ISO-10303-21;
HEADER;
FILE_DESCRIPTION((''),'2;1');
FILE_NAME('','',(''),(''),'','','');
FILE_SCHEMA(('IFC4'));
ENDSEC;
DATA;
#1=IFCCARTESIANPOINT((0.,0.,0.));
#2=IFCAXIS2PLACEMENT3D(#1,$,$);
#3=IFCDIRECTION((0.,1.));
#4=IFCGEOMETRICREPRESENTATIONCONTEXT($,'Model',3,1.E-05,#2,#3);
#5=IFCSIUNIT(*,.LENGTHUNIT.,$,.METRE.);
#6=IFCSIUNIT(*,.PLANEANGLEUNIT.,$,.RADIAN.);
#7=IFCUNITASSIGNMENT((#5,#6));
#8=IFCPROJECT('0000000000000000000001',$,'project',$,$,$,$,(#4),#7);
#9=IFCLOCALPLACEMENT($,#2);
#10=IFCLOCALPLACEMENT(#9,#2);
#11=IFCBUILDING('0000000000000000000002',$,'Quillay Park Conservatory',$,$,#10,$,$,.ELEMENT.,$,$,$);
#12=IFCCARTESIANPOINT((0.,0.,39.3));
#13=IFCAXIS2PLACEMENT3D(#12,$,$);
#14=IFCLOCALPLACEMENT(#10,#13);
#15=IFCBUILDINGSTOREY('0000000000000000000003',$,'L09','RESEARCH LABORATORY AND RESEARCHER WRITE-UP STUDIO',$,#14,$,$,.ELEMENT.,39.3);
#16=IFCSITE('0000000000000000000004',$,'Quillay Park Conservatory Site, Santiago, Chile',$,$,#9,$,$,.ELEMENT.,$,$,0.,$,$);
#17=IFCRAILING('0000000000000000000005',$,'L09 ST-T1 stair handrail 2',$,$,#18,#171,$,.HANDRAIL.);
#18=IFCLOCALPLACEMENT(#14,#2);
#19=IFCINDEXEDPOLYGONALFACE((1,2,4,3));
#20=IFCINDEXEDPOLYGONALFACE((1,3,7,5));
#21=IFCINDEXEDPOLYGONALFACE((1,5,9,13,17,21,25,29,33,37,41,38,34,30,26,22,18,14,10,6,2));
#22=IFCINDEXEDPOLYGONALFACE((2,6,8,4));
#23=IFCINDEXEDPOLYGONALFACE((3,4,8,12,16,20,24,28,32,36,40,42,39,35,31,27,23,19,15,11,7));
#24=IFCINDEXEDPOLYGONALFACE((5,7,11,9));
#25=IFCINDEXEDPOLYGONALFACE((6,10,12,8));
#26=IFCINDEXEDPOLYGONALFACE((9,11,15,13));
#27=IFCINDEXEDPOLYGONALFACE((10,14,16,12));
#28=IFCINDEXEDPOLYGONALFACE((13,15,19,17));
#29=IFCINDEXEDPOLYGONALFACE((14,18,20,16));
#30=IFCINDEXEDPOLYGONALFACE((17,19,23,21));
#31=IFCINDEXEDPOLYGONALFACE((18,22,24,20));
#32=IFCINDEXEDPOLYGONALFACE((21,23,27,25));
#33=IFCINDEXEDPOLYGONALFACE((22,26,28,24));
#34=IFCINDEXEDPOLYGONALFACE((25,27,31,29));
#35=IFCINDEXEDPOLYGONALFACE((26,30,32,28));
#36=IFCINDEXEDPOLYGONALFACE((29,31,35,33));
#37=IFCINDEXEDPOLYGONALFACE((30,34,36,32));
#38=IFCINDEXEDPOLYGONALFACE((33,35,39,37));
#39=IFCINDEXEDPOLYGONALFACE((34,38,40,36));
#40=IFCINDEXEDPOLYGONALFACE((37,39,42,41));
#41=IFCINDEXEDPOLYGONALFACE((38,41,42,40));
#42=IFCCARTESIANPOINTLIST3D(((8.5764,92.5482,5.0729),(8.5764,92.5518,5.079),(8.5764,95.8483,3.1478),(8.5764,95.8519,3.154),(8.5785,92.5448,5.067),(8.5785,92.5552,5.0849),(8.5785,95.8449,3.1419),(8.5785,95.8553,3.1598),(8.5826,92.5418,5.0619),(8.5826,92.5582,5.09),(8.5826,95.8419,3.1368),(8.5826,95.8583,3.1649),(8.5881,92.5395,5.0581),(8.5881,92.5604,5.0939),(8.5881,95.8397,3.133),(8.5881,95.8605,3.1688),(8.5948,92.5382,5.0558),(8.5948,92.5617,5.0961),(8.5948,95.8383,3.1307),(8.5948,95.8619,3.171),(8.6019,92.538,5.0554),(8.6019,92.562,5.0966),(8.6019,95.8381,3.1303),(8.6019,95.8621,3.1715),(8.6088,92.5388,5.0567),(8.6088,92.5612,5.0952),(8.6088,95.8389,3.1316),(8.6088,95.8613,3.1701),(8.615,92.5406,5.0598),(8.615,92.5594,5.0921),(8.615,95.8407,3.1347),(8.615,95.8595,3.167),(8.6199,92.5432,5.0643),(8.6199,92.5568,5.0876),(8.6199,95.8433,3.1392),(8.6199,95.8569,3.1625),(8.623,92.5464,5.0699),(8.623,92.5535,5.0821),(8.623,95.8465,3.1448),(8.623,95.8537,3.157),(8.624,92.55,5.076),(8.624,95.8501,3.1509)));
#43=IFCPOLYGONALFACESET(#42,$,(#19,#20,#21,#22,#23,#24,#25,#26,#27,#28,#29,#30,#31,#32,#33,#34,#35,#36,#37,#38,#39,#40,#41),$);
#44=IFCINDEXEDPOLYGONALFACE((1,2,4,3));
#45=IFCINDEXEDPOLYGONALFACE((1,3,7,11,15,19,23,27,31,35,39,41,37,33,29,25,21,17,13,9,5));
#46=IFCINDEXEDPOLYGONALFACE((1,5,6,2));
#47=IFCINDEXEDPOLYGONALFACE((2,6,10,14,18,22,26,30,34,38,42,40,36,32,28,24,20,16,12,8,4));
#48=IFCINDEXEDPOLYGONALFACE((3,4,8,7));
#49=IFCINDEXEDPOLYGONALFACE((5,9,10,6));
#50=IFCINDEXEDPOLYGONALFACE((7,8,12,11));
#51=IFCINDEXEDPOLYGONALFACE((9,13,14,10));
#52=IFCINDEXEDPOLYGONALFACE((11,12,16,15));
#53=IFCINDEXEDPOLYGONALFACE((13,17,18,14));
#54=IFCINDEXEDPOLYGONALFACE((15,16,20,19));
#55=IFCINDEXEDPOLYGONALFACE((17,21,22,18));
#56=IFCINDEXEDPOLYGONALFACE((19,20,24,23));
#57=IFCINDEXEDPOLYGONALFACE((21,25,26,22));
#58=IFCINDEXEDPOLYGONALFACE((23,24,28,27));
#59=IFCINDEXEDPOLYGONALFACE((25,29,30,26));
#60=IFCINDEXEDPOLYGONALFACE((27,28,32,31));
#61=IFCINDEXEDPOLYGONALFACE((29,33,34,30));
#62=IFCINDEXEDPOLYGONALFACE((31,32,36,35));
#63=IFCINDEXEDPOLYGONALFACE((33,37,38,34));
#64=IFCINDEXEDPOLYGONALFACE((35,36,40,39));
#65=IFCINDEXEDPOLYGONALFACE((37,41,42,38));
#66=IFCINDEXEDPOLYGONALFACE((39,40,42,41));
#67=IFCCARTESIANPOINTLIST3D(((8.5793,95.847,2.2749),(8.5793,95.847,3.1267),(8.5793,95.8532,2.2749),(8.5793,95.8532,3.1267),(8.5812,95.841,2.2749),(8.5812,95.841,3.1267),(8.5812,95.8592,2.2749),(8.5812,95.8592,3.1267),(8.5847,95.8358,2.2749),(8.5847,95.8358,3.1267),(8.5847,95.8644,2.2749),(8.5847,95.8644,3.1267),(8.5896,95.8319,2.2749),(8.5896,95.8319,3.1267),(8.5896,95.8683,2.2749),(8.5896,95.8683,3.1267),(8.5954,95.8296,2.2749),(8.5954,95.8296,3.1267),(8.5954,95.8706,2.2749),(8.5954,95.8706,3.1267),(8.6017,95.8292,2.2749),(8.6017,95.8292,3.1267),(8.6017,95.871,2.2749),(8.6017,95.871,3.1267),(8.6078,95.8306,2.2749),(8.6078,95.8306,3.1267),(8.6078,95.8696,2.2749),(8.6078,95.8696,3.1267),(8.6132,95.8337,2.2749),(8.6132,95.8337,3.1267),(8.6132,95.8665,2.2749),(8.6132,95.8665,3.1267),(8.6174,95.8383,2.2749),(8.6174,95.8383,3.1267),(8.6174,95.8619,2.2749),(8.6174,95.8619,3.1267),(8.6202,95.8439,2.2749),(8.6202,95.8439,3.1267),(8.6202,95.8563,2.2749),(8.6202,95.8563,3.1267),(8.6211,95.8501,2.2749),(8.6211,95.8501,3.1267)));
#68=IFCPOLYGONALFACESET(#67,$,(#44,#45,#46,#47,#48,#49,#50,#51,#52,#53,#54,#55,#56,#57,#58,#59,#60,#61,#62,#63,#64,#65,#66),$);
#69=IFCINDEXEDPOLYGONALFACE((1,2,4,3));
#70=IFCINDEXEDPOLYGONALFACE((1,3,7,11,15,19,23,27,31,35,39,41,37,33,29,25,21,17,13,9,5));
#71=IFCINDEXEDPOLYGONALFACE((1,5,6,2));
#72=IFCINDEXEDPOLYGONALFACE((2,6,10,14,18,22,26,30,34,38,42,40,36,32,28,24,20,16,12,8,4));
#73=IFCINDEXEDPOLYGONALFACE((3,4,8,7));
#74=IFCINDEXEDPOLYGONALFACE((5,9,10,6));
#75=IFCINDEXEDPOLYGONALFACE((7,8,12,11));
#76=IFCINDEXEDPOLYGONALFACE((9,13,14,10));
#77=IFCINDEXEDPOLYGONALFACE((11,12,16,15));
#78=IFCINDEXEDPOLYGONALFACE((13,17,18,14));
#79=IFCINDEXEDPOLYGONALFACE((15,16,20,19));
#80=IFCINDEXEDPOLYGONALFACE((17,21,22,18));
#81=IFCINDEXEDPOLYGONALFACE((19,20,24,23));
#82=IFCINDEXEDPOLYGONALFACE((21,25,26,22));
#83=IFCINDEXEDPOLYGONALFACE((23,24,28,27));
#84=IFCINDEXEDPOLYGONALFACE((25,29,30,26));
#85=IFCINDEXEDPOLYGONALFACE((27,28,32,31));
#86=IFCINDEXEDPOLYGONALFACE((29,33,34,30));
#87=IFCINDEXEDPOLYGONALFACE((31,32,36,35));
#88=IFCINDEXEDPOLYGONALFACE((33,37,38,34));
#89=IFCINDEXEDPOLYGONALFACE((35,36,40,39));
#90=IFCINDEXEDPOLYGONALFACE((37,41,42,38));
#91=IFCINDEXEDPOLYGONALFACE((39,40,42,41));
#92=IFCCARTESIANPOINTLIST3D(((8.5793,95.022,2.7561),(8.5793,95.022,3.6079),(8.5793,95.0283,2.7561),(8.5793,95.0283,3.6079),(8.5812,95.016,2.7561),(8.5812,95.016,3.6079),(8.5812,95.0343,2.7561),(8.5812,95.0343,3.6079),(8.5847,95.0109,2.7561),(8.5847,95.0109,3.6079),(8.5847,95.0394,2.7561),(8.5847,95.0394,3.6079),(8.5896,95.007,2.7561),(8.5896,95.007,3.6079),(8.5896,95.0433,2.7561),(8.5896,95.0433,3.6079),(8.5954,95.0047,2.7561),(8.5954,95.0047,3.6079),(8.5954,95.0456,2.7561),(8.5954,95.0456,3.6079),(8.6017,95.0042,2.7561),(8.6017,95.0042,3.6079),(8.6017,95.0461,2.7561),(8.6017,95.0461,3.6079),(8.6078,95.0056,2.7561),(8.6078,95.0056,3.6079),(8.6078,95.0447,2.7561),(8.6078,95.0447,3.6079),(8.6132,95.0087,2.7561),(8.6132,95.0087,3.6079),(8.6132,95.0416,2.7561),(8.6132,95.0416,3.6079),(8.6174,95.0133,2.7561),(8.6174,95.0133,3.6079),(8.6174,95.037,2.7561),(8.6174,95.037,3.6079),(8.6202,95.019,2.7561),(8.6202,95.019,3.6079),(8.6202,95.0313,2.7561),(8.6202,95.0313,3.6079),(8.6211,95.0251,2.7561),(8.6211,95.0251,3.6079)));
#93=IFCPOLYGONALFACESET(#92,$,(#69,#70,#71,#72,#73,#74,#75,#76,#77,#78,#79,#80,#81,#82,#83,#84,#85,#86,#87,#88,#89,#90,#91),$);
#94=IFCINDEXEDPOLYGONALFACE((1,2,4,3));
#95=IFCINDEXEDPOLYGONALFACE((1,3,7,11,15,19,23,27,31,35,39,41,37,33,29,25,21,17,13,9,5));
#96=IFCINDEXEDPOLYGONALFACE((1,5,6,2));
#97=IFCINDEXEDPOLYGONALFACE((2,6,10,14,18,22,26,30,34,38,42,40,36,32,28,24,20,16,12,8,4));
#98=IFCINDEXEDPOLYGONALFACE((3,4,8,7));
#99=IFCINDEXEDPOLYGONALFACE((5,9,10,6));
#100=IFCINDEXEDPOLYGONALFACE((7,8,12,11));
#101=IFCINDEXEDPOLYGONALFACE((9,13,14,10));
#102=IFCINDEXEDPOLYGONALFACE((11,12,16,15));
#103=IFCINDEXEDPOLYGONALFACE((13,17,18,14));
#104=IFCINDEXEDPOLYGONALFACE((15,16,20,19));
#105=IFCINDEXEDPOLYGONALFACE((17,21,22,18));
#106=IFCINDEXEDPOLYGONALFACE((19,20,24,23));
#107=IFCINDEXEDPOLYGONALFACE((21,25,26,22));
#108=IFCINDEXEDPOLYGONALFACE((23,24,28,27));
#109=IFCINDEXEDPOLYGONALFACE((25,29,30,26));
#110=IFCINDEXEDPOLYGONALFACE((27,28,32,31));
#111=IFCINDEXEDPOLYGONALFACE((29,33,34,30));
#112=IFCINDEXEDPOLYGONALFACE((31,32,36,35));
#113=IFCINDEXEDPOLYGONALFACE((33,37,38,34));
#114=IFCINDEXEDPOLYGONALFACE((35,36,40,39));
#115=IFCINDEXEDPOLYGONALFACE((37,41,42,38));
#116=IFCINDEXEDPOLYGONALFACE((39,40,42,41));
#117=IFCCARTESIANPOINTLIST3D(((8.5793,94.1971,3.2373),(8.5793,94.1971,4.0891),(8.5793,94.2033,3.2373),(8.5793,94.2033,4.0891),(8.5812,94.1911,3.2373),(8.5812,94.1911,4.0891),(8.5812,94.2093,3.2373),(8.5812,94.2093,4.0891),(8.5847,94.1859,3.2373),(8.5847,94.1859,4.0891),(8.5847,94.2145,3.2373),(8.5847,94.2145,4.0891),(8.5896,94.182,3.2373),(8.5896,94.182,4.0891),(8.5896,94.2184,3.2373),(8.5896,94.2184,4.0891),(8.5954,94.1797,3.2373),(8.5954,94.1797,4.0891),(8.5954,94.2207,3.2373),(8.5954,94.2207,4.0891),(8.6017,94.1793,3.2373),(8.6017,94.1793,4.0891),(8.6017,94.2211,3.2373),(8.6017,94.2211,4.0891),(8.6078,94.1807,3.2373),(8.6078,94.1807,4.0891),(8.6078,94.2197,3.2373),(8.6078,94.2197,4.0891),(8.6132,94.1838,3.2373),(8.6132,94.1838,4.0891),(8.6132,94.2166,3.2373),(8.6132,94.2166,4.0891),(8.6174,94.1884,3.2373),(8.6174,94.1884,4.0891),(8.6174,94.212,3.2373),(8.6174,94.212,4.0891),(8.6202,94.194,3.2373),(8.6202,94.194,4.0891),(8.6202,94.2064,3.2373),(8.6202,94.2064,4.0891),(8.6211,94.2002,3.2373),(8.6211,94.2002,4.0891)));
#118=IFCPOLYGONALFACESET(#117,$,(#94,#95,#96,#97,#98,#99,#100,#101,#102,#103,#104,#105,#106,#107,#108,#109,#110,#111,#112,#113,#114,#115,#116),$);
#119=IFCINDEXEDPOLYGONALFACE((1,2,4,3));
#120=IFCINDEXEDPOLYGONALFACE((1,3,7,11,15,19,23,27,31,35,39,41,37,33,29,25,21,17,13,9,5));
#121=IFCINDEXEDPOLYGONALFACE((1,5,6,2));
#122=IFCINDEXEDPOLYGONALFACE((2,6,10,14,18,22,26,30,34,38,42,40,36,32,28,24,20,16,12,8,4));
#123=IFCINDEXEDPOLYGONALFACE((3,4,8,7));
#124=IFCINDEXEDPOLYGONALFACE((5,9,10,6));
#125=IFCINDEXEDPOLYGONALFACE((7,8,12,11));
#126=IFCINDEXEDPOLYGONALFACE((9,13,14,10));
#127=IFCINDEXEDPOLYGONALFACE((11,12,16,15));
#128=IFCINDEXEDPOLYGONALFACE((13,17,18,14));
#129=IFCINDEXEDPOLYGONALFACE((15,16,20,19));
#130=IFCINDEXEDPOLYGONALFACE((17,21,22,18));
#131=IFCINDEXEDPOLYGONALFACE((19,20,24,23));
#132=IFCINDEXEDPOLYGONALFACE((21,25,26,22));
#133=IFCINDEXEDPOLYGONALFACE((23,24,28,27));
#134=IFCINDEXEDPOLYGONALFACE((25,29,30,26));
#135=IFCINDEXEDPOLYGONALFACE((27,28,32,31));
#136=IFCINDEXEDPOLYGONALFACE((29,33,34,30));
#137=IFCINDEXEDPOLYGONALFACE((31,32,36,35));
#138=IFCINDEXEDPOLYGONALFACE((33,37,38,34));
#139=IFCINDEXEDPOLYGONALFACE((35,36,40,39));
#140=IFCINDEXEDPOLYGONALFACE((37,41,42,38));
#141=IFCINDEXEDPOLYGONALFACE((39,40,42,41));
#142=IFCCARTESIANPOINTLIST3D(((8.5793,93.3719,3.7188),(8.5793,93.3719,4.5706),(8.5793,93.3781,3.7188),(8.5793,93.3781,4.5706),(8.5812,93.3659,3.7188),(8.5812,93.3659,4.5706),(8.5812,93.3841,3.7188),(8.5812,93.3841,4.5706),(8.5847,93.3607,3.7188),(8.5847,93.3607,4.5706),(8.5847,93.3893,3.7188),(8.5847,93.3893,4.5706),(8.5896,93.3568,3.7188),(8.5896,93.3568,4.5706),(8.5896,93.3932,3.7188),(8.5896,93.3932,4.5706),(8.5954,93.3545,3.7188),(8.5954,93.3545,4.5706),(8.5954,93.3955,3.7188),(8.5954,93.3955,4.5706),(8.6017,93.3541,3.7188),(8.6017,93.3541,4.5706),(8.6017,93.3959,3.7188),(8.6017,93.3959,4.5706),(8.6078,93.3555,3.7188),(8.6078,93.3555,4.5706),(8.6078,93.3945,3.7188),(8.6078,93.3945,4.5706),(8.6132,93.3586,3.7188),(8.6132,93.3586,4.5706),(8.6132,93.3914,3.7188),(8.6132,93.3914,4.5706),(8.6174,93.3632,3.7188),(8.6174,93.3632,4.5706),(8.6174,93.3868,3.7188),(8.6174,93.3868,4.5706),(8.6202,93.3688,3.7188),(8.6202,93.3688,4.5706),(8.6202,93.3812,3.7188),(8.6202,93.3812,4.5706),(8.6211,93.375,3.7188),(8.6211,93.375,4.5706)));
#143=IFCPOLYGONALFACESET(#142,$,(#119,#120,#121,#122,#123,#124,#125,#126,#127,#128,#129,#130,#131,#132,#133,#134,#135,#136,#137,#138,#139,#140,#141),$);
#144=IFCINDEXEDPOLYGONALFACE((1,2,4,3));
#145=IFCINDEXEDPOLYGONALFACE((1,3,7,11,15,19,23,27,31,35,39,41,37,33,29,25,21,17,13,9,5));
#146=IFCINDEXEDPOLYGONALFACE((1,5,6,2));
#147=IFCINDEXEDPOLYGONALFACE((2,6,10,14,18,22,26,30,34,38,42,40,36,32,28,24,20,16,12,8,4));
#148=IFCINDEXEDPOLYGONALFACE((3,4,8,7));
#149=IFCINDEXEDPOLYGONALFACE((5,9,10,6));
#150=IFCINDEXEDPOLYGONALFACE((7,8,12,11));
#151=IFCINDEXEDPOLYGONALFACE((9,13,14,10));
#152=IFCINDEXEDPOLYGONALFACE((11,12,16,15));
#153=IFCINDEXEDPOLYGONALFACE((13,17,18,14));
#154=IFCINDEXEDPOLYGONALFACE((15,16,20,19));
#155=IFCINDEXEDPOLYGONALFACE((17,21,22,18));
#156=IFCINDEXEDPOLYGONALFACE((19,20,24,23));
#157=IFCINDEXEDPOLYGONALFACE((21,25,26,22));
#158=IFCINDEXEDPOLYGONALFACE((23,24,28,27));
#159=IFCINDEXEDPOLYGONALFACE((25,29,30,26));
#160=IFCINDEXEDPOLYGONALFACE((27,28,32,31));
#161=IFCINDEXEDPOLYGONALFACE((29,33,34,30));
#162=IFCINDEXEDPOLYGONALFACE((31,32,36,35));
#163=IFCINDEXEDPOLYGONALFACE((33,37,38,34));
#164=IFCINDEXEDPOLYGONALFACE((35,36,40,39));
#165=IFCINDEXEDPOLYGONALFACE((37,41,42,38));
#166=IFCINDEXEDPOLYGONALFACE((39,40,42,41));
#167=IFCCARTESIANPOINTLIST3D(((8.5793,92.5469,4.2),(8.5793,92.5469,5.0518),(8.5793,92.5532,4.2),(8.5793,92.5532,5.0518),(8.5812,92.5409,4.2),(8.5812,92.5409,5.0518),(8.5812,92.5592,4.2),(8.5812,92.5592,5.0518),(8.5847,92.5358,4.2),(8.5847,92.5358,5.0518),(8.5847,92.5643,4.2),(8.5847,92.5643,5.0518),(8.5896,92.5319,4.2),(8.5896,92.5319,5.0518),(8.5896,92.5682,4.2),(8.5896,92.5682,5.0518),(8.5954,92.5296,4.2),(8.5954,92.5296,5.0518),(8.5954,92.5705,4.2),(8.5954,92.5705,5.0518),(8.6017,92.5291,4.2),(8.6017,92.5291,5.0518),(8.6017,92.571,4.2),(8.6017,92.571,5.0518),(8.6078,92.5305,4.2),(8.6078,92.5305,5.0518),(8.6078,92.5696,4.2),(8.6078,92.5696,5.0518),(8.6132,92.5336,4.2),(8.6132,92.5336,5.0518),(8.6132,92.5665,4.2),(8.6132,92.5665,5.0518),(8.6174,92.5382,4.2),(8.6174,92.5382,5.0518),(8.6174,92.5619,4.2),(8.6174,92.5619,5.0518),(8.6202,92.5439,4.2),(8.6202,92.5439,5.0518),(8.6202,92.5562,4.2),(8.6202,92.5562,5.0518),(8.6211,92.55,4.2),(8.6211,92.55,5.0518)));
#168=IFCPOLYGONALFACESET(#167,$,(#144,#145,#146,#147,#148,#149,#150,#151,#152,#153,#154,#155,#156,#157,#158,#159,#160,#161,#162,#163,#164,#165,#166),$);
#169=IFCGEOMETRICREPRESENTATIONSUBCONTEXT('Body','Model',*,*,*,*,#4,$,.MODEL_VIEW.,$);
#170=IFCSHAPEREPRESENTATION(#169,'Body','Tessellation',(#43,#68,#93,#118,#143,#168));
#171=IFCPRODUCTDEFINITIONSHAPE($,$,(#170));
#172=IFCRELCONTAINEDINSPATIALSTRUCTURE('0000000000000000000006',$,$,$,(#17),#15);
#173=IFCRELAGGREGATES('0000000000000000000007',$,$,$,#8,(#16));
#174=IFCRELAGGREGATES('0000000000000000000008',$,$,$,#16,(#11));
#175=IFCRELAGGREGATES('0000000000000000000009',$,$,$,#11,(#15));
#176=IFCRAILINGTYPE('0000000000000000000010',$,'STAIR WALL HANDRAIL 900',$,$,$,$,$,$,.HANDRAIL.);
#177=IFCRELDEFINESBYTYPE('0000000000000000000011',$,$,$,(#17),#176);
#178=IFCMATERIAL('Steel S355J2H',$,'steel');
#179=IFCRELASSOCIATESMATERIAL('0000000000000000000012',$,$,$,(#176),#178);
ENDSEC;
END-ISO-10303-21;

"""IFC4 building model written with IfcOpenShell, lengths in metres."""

from ifc_helpers import new_model, si_unit, direction, frame, origin, origin_2d, place, context, subcontext, project, spatial, circle, extrude, material, type_object, element, save


model = new_model("IFC4")

# Units and contexts
model_context = context("Model", 3, precision=1e-05, world=origin(), true_north=direction((0.0, 1.0)))
body_context = subcontext(model_context, "Body", "Model", "MODEL_VIEW")
ifc_project = project(units=[si_unit("LENGTHUNIT", "METRE"), si_unit("PLANEANGLEUNIT", "RADIAN")], contexts=[model_context])

# Site, building, storey
site_placement = place(None, origin())
site = spatial("IfcSite", under=ifc_project, at=site_placement, Name="Quillay Park Conservatory Site, Santiago, Chile", CompositionType="ELEMENT", RefElevation=0.0)
building_placement = place(site_placement, origin())
building = spatial("IfcBuilding", under=site, at=building_placement, Name="Quillay Park Conservatory", CompositionType="ELEMENT")
storey_placement = place(building_placement, frame((0.0, 0.0, 39.3)))
storey = spatial("IfcBuildingStorey", under=building, at=storey_placement, Name="L09", Description="RESEARCH LABORATORY AND RESEARCHER WRITE-UP STUDIO", CompositionType="ELEMENT", Elevation=39.3)

# Railing
ifc_material_1 = material(Name="Steel S355J2H", Category="steel")
railing_type_1 = type_object("IfcRailingType", Name="STAIR WALL HANDRAIL 900", PredefinedType="HANDRAIL", material=ifc_material_1)
railing_1_placement = place(storey_placement, frame((8.6001, 95.8501, 2.2749)))
element("IfcRailing", 1, at=railing_1_placement, inside=storey, type_object=railing_type_1, Name="L09 ST-T1 stair handrail 2", PredefinedType="HANDRAIL", context=body_context, shape_type="SweptSolid", body=[
    extrude(circle(Radius=0.0239, at=origin_2d()), frame((0.0, 0.0, 0.876), z_axis=(0.0, -0.863777, 0.503875), x_axis=(1.0, 0.0, 0.0)), (0.0, 0.0, 1.0), 3.8206),
    extrude(circle(Radius=0.021, at=origin_2d()), origin(), (0.0, 0.0, 1.0), 0.8518),
    extrude(circle(Radius=0.021, at=origin_2d()), frame((0.0, -0.825, 0.4812)), (0.0, 0.0, 1.0), 0.8518),
    extrude(circle(Radius=0.021, at=origin_2d()), frame((0.0, -1.6499, 0.9624)), (0.0, 0.0, 1.0), 0.8518),
    extrude(circle(Radius=0.021, at=origin_2d()), frame((0.0, -2.4751, 1.4438)), (0.0, 0.0, 1.0), 0.8518),
    extrude(circle(Radius=0.021, at=origin_2d()), frame((0.0, -3.3, 1.925)), (0.0, 0.0, 1.0), 0.8518),
])

save(model, "model.ifc")
